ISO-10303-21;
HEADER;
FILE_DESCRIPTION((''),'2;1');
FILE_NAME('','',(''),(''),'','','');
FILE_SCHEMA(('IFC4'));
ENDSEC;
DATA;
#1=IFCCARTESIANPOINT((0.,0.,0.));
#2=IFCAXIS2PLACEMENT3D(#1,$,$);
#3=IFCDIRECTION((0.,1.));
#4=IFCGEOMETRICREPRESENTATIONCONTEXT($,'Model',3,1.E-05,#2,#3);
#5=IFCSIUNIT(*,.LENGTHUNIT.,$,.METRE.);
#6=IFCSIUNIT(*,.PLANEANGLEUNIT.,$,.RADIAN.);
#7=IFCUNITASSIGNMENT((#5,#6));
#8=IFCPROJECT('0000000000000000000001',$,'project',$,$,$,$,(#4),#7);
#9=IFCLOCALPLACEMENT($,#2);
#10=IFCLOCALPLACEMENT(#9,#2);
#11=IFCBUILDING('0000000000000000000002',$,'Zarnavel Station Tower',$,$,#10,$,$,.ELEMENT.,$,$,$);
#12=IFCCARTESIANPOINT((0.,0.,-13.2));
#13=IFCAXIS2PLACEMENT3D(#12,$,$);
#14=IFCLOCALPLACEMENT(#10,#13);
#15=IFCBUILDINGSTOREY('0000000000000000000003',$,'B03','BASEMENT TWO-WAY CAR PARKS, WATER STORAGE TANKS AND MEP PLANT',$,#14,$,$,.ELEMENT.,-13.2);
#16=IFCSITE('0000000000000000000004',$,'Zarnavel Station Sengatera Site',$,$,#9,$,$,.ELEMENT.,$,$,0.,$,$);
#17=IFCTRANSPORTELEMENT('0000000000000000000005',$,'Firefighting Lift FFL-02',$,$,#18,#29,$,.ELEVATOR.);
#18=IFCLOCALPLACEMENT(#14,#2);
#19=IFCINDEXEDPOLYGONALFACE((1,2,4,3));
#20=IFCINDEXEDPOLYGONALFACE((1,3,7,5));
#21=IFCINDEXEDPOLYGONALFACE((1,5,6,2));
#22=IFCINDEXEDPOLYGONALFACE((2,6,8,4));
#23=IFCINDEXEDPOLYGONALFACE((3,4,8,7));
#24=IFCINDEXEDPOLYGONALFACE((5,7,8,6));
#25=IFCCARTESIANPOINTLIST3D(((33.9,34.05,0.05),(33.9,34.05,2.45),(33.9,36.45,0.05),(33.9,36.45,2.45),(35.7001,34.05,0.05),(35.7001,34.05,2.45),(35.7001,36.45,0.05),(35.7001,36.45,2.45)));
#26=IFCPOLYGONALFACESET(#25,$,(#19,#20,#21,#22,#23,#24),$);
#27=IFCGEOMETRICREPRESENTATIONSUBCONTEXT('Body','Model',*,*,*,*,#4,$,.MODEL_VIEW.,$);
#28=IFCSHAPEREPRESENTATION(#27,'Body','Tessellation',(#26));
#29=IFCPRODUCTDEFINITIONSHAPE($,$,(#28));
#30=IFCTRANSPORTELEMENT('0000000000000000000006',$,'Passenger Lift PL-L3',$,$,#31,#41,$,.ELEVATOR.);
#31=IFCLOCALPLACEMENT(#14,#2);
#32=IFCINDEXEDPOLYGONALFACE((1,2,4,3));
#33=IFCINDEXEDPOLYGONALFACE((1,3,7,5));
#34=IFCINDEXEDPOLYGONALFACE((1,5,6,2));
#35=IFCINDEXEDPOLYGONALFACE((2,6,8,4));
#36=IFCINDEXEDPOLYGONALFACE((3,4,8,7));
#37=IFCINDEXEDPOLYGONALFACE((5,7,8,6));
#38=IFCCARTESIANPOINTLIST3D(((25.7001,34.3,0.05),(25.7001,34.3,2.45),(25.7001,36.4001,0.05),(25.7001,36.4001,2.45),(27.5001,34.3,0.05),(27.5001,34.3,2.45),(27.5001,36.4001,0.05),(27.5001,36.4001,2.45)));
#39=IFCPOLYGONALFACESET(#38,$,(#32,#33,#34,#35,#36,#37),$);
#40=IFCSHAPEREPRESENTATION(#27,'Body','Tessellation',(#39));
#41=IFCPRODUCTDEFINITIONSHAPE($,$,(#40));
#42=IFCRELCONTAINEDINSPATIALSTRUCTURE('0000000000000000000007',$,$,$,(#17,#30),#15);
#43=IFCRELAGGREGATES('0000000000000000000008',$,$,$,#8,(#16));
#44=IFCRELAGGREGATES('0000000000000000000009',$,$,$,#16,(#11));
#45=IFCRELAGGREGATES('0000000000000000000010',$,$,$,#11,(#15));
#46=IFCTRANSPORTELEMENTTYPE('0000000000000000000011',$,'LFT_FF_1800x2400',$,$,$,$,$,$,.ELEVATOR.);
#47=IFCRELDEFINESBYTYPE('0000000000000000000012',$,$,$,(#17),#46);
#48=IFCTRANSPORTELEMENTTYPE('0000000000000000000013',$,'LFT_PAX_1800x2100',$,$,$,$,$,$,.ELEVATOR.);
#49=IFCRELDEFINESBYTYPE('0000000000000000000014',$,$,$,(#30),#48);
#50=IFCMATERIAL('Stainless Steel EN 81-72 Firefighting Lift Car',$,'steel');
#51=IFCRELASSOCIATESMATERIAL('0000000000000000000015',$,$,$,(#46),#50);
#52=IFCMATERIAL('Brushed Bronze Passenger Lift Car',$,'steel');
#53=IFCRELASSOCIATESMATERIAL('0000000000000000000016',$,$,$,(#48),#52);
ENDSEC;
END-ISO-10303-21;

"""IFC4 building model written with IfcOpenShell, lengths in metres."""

from ifc_helpers import new_model, si_unit, direction, frame, origin, origin_2d, place, context, subcontext, project, spatial, rectangle, extrude, material, type_object, element, save


model = new_model("IFC4")

# Units and contexts
model_context = context("Model", 3, precision=1e-05, world=origin(), true_north=direction((0.0, 1.0)))
body_context = subcontext(model_context, "Body", "Model", "MODEL_VIEW")
ifc_project = project(units=[si_unit("LENGTHUNIT", "METRE"), si_unit("PLANEANGLEUNIT", "RADIAN")], contexts=[model_context])

# Site, building, storey
site_placement = place(None, origin())
site = spatial("IfcSite", under=ifc_project, at=site_placement, Name="Zarnavel Station Sengatera Site", CompositionType="ELEMENT", RefElevation=0.0)
building_placement = place(site_placement, origin())
building = spatial("IfcBuilding", under=site, at=building_placement, Name="Zarnavel Station Tower", CompositionType="ELEMENT")
storey_placement = place(building_placement, frame((0.0, 0.0, -13.2)))
storey = spatial("IfcBuildingStorey", under=building, at=storey_placement, Name="B03", Description="BASEMENT TWO-WAY CAR PARKS, WATER STORAGE TANKS AND MEP PLANT", CompositionType="ELEMENT", Elevation=-13.2)

# Transport elements
ifc_material_1 = material(Name="Stainless Steel EN 81-72 Firefighting Lift Car", Category="steel")
transport_element_type_1 = type_object("IfcTransportElementType", Name="LFT_FF_1800x2400", PredefinedType="ELEVATOR", material=ifc_material_1)
transport_element_1_placement = place(storey_placement, frame((34.8, 35.25, 0.05), z_axis=(0.0, 0.0, 1.0), x_axis=(1.0, 0.0, 0.0)))
element("IfcTransportElement", 1, at=transport_element_1_placement, inside=storey, type_object=transport_element_type_1, Name="Firefighting Lift FFL-02", PredefinedType="ELEVATOR", context=body_context, shape_type="SweptSolid", body=[
    extrude(rectangle(XDim=1.8, YDim=2.3999, at=origin_2d()), origin(), (0.0, 0.0, 1.0), 2.3999),
])
ifc_material_2 = material(Name="Brushed Bronze Passenger Lift Car", Category="steel")
transport_element_type_2 = type_object("IfcTransportElementType", Name="LFT_PAX_1800x2100", PredefinedType="ELEVATOR", material=ifc_material_2)
transport_element_2_placement = place(storey_placement, frame((26.6001, 35.3501, 0.05), z_axis=(0.0, 0.0, 1.0), x_axis=(1.0, 0.0, 0.0)))
element("IfcTransportElement", 2, at=transport_element_2_placement, inside=storey, type_object=transport_element_type_2, Name="Passenger Lift PL-L3", PredefinedType="ELEVATOR", context=body_context, shape_type="SweptSolid", body=[
    extrude(rectangle(XDim=1.8, YDim=2.1001, at=origin_2d()), origin(), (0.0, 0.0, 1.0), 2.3999),
])

save(model, "model.ifc")
